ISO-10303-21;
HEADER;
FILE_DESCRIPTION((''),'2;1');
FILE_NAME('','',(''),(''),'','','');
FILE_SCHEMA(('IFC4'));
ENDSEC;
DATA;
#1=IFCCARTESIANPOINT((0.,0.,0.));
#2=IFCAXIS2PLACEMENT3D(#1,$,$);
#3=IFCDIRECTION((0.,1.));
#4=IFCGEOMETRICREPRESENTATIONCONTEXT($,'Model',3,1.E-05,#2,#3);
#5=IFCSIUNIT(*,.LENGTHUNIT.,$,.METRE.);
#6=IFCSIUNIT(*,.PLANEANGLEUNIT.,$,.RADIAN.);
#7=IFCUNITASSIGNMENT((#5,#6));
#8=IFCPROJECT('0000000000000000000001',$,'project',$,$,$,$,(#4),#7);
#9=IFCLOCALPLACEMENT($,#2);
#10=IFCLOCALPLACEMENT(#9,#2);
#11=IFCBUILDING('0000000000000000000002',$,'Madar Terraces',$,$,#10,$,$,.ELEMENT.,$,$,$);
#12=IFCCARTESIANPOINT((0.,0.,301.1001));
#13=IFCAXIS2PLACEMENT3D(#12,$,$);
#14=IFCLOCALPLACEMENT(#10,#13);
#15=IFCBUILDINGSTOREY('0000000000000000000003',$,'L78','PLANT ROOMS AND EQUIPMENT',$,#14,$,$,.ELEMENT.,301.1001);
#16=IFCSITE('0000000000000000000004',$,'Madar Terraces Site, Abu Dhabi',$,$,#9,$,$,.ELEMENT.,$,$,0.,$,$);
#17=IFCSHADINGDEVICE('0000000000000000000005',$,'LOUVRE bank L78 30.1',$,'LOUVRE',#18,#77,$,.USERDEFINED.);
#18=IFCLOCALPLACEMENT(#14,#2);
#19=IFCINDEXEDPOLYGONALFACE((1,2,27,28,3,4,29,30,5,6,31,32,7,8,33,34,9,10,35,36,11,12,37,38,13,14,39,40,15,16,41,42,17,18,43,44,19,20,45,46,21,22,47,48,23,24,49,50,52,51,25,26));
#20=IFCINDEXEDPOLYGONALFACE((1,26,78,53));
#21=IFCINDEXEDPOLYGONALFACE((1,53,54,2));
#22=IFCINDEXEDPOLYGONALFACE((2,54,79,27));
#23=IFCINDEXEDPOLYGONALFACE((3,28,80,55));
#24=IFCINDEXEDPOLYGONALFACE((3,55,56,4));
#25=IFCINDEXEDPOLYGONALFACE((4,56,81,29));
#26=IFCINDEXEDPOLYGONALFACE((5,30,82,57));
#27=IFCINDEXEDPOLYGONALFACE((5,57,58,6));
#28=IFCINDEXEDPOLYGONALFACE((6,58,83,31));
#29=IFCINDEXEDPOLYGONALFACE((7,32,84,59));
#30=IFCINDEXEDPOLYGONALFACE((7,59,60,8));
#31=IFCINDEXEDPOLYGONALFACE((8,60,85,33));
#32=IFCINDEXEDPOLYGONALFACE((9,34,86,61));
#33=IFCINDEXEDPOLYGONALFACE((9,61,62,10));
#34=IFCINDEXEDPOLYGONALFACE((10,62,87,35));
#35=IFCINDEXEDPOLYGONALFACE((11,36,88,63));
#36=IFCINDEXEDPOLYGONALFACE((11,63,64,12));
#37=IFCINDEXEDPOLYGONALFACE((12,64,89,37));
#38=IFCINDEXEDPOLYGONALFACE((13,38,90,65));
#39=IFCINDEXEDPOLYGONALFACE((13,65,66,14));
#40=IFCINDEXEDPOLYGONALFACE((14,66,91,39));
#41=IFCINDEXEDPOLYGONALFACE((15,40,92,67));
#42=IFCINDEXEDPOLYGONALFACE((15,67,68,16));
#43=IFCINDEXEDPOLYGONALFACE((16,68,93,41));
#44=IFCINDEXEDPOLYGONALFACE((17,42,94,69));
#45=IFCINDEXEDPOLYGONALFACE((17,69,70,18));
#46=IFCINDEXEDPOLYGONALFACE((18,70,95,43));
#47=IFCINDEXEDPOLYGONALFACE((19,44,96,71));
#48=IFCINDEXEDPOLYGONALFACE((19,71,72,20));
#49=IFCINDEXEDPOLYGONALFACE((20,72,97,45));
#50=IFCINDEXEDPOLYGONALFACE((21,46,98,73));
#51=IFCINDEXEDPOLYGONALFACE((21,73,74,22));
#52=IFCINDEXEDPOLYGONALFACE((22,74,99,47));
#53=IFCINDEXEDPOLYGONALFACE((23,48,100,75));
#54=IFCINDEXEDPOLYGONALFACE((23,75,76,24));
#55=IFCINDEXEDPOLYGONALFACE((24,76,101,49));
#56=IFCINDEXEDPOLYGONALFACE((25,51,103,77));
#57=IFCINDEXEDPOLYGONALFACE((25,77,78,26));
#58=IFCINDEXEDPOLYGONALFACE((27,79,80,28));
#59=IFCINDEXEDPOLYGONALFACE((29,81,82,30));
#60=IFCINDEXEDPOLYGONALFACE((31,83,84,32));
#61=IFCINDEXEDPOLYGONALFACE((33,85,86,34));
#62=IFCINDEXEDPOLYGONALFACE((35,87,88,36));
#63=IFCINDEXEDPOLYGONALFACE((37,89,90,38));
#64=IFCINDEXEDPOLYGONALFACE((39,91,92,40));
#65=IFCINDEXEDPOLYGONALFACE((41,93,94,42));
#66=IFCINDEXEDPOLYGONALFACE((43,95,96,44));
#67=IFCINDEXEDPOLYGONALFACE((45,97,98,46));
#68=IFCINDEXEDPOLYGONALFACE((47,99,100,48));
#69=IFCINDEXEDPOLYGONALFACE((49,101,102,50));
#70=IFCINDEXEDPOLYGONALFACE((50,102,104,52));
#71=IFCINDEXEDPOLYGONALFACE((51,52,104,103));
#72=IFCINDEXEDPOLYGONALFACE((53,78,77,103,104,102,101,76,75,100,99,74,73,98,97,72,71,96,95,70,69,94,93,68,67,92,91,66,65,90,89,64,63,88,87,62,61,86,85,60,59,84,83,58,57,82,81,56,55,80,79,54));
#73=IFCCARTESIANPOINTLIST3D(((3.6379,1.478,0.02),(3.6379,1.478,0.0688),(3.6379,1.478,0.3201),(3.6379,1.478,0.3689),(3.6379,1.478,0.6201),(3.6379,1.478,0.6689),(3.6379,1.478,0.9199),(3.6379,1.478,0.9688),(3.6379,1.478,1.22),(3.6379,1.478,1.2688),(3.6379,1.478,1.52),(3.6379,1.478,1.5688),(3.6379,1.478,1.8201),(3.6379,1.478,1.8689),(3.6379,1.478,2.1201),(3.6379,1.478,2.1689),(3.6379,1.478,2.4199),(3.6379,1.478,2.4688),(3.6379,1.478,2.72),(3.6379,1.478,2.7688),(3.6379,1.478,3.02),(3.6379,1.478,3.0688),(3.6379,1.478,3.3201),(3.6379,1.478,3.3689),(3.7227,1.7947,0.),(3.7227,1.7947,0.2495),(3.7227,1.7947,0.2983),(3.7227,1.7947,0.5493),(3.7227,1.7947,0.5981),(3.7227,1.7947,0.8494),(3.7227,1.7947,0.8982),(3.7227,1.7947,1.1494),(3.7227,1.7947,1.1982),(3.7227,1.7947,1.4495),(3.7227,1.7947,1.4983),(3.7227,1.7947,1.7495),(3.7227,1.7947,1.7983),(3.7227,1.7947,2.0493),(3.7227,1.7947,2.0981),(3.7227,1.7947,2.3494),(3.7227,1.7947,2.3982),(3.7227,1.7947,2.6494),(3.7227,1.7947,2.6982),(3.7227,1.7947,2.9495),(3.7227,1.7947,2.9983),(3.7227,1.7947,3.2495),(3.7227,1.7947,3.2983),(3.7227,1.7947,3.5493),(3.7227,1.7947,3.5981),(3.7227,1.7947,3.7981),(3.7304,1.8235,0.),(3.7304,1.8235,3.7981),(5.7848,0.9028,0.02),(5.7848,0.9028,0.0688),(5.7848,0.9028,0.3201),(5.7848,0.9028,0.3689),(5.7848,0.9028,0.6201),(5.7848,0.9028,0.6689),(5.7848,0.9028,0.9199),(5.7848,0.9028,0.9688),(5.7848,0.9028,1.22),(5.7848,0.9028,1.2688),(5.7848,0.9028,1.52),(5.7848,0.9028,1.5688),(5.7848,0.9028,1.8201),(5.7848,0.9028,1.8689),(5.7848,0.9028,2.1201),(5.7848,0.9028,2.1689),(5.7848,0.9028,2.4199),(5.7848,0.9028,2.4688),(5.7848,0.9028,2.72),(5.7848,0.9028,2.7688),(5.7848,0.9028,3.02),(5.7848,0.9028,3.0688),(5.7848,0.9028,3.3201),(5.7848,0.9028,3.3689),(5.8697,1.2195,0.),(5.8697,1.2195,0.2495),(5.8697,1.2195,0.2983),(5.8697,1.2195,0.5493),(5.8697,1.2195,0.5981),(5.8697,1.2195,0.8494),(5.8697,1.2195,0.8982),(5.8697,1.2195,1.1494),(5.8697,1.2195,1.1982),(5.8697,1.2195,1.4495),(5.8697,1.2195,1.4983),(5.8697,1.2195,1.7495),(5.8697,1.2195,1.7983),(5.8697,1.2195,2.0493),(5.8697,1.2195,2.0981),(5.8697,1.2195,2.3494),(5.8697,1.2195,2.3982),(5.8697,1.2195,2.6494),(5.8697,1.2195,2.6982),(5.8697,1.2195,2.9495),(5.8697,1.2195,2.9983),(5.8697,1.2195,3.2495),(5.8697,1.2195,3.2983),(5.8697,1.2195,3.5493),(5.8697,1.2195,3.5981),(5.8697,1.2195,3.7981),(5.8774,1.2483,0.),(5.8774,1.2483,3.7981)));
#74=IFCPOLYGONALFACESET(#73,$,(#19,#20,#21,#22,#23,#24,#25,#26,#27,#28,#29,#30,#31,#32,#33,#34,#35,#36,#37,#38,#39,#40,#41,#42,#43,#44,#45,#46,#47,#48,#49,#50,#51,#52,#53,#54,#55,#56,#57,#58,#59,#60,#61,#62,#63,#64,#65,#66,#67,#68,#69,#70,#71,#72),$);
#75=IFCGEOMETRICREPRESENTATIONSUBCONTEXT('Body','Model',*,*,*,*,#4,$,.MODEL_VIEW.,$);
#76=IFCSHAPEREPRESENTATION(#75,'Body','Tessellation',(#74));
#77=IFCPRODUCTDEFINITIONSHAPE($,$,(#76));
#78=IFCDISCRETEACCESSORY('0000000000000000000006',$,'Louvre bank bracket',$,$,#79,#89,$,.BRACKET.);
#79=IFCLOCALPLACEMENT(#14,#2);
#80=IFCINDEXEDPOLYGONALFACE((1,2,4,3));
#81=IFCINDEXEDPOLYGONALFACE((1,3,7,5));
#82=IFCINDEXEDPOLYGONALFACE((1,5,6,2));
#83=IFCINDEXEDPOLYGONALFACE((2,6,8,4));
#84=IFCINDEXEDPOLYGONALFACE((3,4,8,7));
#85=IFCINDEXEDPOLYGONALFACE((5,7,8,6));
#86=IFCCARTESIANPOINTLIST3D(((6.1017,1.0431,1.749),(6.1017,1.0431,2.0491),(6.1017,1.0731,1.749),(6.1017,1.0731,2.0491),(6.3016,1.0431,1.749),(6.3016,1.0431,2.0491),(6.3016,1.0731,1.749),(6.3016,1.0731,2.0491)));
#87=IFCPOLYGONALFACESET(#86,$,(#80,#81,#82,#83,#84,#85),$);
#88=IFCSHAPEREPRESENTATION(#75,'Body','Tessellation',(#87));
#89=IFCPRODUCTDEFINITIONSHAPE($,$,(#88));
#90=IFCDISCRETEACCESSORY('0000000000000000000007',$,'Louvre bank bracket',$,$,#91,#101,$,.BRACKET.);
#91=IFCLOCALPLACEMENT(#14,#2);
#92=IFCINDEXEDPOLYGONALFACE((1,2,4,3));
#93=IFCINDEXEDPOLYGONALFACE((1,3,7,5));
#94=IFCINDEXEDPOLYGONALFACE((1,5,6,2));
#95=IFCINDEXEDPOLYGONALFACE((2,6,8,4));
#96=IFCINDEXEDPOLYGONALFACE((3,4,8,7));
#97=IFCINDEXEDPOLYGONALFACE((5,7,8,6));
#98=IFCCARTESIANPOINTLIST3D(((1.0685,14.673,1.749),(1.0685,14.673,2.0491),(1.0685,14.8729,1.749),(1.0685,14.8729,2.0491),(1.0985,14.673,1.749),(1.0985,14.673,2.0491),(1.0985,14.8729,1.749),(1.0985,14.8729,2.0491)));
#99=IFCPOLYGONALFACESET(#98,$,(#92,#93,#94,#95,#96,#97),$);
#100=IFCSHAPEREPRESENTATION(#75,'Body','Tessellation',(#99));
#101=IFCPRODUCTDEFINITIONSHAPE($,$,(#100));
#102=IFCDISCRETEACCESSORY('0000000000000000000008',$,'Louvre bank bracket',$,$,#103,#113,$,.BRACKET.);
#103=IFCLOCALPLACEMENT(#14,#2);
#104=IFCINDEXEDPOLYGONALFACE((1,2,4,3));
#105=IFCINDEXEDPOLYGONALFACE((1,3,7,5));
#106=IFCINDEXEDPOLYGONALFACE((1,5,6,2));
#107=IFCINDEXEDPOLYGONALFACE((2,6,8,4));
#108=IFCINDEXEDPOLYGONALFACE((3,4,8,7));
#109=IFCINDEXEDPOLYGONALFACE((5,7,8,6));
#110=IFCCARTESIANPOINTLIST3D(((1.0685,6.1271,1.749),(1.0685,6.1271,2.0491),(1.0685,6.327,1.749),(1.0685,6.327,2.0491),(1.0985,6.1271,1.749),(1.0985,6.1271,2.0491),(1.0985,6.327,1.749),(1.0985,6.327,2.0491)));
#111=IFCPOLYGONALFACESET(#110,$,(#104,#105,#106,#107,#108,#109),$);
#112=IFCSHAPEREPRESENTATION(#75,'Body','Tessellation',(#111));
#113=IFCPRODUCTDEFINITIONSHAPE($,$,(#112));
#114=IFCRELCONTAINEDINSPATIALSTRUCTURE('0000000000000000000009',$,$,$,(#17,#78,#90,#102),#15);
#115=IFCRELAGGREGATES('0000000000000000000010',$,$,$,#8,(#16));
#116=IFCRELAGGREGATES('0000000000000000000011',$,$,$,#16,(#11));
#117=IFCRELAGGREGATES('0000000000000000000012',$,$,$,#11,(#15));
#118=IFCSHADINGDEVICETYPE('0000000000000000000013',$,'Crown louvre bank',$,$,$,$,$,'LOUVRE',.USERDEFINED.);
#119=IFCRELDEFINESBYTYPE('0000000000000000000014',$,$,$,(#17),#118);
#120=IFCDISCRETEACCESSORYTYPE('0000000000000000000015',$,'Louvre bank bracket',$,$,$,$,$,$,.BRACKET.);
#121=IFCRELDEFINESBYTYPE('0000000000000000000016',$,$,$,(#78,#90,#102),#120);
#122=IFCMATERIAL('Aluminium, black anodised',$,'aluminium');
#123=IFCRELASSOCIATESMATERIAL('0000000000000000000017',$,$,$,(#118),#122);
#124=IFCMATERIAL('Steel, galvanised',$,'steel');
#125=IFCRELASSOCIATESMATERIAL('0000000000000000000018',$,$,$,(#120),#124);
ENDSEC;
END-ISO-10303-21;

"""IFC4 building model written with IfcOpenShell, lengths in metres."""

from ifc_helpers import new_model, si_unit, direction, frame, origin, origin_2d, place, context, subcontext, project, spatial, polyline, rectangle, outline, extrude, material, type_object, element, save


model = new_model("IFC4")

# Units and contexts
model_context = context("Model", 3, precision=1e-05, world=origin(), true_north=direction((0.0, 1.0)))
body_context = subcontext(model_context, "Body", "Model", "MODEL_VIEW")
ifc_project = project(units=[si_unit("LENGTHUNIT", "METRE"), si_unit("PLANEANGLEUNIT", "RADIAN")], contexts=[model_context])

# Site, building, storey
site_placement = place(None, origin())
site = spatial("IfcSite", under=ifc_project, at=site_placement, Name="Madar Terraces Site, Abu Dhabi", CompositionType="ELEMENT", RefElevation=0.0)
building_placement = place(site_placement, origin())
building = spatial("IfcBuilding", under=site, at=building_placement, Name="Madar Terraces", CompositionType="ELEMENT")
storey_placement = place(building_placement, frame((0.0, 0.0, 301.1001)))
storey = spatial("IfcBuildingStorey", under=building, at=storey_placement, Name="L78", Description="PLANT ROOMS AND EQUIPMENT", CompositionType="ELEMENT", Elevation=301.1001)

# Shading device
ifc_material_1 = material(Name="Aluminium, black anodised", Category="aluminium")
shading_device_type = type_object("IfcShadingDeviceType", Name="Crown louvre bank", ElementType="LOUVRE", PredefinedType="USERDEFINED", material=ifc_material_1)
shading_device_1_placement = place(storey_placement, frame((3.7266, 1.8091, 0.0), z_axis=(0.965935, -0.258784, 0.0), x_axis=(0.258784, 0.965935, 0.0)))
element("IfcShadingDevice", 1, at=shading_device_1_placement, inside=storey, type_object=shading_device_type, Name="LOUVRE bank L78 30.1", ObjectType="LOUVRE", PredefinedType="USERDEFINED", context=body_context, shape_type="SweptSolid", body=[
    extrude(outline(polyline([(0.0149, 0.0), (-0.0149, 0.0), (-0.0149, 0.2495), (-0.3428, 0.02), (-0.3428, 0.0688), (-0.0149, 0.2983), (-0.0149, 0.5493), (-0.3428, 0.3201), (-0.3428, 0.3689), (-0.0149, 0.5981), (-0.0149, 0.8494), (-0.3428, 0.6201), (-0.3428, 0.6689), (-0.0149, 0.8982), (-0.0149, 1.1494), (-0.3428, 0.9199), (-0.3428, 0.9688), (-0.0149, 1.1982), (-0.0149, 1.4495), (-0.3428, 1.22), (-0.3428, 1.2688), (-0.0149, 1.4983), (-0.0149, 1.7495), (-0.3428, 1.52), (-0.3428, 1.5688), (-0.0149, 1.7983), (-0.0149, 2.0493), (-0.3428, 1.8201), (-0.3428, 1.8689), (-0.0149, 2.0981), (-0.0149, 2.3494), (-0.3428, 2.1201), (-0.3428, 2.1689), (-0.0149, 2.3982), (-0.0149, 2.6494), (-0.3428, 2.4199), (-0.3428, 2.4688), (-0.0149, 2.6982), (-0.0149, 2.9495), (-0.3428, 2.72), (-0.3428, 2.7688), (-0.0149, 2.9983), (-0.0149, 3.2495), (-0.3428, 3.02), (-0.3428, 3.0688), (-0.0149, 3.2983), (-0.0149, 3.5493), (-0.3428, 3.3201), (-0.3428, 3.3689), (-0.0149, 3.5981), (-0.0149, 3.7981), (0.0149, 3.7981), (0.0149, 0.0)])), origin(), (0.0, 0.0, 1.0), 2.2227),
])

# Discrete accessories
ifc_material_2 = material(Name="Steel, galvanised", Category="steel")
discrete_accessory_type = type_object("IfcDiscreteAccessoryType", Name="Louvre bank bracket", PredefinedType="BRACKET", material=ifc_material_2)
for number, where, z_axis, x_axis, name in (
    (2, (6.2017, 1.0581, 1.749), (0.0, 0.0, 1.0), (1.0, 0.0, 0.0), "Louvre bank bracket"),
    (3, (1.0835, 14.7729, 1.749), (0.0, 0.0, 1.0), (0.0, -1.0, 0.0), "Louvre bank bracket"),
    (4, (1.0835, 6.2271, 1.749), (0.0, 0.0, 1.0), (0.0, -1.0, 0.0), "Louvre bank bracket"),
):
    element("IfcDiscreteAccessory", number, at=place(storey_placement, frame(where, z_axis=z_axis, x_axis=x_axis)), inside=storey, type_object=discrete_accessory_type, Name=name, PredefinedType="BRACKET", context=body_context, shape_type="SweptSolid", body=[
        extrude(rectangle(XDim=0.2, YDim=0.03, at=origin_2d()), origin(), (0.0, 0.0, 1.0), 0.3),
    ])

save(model, "model.ifc")
